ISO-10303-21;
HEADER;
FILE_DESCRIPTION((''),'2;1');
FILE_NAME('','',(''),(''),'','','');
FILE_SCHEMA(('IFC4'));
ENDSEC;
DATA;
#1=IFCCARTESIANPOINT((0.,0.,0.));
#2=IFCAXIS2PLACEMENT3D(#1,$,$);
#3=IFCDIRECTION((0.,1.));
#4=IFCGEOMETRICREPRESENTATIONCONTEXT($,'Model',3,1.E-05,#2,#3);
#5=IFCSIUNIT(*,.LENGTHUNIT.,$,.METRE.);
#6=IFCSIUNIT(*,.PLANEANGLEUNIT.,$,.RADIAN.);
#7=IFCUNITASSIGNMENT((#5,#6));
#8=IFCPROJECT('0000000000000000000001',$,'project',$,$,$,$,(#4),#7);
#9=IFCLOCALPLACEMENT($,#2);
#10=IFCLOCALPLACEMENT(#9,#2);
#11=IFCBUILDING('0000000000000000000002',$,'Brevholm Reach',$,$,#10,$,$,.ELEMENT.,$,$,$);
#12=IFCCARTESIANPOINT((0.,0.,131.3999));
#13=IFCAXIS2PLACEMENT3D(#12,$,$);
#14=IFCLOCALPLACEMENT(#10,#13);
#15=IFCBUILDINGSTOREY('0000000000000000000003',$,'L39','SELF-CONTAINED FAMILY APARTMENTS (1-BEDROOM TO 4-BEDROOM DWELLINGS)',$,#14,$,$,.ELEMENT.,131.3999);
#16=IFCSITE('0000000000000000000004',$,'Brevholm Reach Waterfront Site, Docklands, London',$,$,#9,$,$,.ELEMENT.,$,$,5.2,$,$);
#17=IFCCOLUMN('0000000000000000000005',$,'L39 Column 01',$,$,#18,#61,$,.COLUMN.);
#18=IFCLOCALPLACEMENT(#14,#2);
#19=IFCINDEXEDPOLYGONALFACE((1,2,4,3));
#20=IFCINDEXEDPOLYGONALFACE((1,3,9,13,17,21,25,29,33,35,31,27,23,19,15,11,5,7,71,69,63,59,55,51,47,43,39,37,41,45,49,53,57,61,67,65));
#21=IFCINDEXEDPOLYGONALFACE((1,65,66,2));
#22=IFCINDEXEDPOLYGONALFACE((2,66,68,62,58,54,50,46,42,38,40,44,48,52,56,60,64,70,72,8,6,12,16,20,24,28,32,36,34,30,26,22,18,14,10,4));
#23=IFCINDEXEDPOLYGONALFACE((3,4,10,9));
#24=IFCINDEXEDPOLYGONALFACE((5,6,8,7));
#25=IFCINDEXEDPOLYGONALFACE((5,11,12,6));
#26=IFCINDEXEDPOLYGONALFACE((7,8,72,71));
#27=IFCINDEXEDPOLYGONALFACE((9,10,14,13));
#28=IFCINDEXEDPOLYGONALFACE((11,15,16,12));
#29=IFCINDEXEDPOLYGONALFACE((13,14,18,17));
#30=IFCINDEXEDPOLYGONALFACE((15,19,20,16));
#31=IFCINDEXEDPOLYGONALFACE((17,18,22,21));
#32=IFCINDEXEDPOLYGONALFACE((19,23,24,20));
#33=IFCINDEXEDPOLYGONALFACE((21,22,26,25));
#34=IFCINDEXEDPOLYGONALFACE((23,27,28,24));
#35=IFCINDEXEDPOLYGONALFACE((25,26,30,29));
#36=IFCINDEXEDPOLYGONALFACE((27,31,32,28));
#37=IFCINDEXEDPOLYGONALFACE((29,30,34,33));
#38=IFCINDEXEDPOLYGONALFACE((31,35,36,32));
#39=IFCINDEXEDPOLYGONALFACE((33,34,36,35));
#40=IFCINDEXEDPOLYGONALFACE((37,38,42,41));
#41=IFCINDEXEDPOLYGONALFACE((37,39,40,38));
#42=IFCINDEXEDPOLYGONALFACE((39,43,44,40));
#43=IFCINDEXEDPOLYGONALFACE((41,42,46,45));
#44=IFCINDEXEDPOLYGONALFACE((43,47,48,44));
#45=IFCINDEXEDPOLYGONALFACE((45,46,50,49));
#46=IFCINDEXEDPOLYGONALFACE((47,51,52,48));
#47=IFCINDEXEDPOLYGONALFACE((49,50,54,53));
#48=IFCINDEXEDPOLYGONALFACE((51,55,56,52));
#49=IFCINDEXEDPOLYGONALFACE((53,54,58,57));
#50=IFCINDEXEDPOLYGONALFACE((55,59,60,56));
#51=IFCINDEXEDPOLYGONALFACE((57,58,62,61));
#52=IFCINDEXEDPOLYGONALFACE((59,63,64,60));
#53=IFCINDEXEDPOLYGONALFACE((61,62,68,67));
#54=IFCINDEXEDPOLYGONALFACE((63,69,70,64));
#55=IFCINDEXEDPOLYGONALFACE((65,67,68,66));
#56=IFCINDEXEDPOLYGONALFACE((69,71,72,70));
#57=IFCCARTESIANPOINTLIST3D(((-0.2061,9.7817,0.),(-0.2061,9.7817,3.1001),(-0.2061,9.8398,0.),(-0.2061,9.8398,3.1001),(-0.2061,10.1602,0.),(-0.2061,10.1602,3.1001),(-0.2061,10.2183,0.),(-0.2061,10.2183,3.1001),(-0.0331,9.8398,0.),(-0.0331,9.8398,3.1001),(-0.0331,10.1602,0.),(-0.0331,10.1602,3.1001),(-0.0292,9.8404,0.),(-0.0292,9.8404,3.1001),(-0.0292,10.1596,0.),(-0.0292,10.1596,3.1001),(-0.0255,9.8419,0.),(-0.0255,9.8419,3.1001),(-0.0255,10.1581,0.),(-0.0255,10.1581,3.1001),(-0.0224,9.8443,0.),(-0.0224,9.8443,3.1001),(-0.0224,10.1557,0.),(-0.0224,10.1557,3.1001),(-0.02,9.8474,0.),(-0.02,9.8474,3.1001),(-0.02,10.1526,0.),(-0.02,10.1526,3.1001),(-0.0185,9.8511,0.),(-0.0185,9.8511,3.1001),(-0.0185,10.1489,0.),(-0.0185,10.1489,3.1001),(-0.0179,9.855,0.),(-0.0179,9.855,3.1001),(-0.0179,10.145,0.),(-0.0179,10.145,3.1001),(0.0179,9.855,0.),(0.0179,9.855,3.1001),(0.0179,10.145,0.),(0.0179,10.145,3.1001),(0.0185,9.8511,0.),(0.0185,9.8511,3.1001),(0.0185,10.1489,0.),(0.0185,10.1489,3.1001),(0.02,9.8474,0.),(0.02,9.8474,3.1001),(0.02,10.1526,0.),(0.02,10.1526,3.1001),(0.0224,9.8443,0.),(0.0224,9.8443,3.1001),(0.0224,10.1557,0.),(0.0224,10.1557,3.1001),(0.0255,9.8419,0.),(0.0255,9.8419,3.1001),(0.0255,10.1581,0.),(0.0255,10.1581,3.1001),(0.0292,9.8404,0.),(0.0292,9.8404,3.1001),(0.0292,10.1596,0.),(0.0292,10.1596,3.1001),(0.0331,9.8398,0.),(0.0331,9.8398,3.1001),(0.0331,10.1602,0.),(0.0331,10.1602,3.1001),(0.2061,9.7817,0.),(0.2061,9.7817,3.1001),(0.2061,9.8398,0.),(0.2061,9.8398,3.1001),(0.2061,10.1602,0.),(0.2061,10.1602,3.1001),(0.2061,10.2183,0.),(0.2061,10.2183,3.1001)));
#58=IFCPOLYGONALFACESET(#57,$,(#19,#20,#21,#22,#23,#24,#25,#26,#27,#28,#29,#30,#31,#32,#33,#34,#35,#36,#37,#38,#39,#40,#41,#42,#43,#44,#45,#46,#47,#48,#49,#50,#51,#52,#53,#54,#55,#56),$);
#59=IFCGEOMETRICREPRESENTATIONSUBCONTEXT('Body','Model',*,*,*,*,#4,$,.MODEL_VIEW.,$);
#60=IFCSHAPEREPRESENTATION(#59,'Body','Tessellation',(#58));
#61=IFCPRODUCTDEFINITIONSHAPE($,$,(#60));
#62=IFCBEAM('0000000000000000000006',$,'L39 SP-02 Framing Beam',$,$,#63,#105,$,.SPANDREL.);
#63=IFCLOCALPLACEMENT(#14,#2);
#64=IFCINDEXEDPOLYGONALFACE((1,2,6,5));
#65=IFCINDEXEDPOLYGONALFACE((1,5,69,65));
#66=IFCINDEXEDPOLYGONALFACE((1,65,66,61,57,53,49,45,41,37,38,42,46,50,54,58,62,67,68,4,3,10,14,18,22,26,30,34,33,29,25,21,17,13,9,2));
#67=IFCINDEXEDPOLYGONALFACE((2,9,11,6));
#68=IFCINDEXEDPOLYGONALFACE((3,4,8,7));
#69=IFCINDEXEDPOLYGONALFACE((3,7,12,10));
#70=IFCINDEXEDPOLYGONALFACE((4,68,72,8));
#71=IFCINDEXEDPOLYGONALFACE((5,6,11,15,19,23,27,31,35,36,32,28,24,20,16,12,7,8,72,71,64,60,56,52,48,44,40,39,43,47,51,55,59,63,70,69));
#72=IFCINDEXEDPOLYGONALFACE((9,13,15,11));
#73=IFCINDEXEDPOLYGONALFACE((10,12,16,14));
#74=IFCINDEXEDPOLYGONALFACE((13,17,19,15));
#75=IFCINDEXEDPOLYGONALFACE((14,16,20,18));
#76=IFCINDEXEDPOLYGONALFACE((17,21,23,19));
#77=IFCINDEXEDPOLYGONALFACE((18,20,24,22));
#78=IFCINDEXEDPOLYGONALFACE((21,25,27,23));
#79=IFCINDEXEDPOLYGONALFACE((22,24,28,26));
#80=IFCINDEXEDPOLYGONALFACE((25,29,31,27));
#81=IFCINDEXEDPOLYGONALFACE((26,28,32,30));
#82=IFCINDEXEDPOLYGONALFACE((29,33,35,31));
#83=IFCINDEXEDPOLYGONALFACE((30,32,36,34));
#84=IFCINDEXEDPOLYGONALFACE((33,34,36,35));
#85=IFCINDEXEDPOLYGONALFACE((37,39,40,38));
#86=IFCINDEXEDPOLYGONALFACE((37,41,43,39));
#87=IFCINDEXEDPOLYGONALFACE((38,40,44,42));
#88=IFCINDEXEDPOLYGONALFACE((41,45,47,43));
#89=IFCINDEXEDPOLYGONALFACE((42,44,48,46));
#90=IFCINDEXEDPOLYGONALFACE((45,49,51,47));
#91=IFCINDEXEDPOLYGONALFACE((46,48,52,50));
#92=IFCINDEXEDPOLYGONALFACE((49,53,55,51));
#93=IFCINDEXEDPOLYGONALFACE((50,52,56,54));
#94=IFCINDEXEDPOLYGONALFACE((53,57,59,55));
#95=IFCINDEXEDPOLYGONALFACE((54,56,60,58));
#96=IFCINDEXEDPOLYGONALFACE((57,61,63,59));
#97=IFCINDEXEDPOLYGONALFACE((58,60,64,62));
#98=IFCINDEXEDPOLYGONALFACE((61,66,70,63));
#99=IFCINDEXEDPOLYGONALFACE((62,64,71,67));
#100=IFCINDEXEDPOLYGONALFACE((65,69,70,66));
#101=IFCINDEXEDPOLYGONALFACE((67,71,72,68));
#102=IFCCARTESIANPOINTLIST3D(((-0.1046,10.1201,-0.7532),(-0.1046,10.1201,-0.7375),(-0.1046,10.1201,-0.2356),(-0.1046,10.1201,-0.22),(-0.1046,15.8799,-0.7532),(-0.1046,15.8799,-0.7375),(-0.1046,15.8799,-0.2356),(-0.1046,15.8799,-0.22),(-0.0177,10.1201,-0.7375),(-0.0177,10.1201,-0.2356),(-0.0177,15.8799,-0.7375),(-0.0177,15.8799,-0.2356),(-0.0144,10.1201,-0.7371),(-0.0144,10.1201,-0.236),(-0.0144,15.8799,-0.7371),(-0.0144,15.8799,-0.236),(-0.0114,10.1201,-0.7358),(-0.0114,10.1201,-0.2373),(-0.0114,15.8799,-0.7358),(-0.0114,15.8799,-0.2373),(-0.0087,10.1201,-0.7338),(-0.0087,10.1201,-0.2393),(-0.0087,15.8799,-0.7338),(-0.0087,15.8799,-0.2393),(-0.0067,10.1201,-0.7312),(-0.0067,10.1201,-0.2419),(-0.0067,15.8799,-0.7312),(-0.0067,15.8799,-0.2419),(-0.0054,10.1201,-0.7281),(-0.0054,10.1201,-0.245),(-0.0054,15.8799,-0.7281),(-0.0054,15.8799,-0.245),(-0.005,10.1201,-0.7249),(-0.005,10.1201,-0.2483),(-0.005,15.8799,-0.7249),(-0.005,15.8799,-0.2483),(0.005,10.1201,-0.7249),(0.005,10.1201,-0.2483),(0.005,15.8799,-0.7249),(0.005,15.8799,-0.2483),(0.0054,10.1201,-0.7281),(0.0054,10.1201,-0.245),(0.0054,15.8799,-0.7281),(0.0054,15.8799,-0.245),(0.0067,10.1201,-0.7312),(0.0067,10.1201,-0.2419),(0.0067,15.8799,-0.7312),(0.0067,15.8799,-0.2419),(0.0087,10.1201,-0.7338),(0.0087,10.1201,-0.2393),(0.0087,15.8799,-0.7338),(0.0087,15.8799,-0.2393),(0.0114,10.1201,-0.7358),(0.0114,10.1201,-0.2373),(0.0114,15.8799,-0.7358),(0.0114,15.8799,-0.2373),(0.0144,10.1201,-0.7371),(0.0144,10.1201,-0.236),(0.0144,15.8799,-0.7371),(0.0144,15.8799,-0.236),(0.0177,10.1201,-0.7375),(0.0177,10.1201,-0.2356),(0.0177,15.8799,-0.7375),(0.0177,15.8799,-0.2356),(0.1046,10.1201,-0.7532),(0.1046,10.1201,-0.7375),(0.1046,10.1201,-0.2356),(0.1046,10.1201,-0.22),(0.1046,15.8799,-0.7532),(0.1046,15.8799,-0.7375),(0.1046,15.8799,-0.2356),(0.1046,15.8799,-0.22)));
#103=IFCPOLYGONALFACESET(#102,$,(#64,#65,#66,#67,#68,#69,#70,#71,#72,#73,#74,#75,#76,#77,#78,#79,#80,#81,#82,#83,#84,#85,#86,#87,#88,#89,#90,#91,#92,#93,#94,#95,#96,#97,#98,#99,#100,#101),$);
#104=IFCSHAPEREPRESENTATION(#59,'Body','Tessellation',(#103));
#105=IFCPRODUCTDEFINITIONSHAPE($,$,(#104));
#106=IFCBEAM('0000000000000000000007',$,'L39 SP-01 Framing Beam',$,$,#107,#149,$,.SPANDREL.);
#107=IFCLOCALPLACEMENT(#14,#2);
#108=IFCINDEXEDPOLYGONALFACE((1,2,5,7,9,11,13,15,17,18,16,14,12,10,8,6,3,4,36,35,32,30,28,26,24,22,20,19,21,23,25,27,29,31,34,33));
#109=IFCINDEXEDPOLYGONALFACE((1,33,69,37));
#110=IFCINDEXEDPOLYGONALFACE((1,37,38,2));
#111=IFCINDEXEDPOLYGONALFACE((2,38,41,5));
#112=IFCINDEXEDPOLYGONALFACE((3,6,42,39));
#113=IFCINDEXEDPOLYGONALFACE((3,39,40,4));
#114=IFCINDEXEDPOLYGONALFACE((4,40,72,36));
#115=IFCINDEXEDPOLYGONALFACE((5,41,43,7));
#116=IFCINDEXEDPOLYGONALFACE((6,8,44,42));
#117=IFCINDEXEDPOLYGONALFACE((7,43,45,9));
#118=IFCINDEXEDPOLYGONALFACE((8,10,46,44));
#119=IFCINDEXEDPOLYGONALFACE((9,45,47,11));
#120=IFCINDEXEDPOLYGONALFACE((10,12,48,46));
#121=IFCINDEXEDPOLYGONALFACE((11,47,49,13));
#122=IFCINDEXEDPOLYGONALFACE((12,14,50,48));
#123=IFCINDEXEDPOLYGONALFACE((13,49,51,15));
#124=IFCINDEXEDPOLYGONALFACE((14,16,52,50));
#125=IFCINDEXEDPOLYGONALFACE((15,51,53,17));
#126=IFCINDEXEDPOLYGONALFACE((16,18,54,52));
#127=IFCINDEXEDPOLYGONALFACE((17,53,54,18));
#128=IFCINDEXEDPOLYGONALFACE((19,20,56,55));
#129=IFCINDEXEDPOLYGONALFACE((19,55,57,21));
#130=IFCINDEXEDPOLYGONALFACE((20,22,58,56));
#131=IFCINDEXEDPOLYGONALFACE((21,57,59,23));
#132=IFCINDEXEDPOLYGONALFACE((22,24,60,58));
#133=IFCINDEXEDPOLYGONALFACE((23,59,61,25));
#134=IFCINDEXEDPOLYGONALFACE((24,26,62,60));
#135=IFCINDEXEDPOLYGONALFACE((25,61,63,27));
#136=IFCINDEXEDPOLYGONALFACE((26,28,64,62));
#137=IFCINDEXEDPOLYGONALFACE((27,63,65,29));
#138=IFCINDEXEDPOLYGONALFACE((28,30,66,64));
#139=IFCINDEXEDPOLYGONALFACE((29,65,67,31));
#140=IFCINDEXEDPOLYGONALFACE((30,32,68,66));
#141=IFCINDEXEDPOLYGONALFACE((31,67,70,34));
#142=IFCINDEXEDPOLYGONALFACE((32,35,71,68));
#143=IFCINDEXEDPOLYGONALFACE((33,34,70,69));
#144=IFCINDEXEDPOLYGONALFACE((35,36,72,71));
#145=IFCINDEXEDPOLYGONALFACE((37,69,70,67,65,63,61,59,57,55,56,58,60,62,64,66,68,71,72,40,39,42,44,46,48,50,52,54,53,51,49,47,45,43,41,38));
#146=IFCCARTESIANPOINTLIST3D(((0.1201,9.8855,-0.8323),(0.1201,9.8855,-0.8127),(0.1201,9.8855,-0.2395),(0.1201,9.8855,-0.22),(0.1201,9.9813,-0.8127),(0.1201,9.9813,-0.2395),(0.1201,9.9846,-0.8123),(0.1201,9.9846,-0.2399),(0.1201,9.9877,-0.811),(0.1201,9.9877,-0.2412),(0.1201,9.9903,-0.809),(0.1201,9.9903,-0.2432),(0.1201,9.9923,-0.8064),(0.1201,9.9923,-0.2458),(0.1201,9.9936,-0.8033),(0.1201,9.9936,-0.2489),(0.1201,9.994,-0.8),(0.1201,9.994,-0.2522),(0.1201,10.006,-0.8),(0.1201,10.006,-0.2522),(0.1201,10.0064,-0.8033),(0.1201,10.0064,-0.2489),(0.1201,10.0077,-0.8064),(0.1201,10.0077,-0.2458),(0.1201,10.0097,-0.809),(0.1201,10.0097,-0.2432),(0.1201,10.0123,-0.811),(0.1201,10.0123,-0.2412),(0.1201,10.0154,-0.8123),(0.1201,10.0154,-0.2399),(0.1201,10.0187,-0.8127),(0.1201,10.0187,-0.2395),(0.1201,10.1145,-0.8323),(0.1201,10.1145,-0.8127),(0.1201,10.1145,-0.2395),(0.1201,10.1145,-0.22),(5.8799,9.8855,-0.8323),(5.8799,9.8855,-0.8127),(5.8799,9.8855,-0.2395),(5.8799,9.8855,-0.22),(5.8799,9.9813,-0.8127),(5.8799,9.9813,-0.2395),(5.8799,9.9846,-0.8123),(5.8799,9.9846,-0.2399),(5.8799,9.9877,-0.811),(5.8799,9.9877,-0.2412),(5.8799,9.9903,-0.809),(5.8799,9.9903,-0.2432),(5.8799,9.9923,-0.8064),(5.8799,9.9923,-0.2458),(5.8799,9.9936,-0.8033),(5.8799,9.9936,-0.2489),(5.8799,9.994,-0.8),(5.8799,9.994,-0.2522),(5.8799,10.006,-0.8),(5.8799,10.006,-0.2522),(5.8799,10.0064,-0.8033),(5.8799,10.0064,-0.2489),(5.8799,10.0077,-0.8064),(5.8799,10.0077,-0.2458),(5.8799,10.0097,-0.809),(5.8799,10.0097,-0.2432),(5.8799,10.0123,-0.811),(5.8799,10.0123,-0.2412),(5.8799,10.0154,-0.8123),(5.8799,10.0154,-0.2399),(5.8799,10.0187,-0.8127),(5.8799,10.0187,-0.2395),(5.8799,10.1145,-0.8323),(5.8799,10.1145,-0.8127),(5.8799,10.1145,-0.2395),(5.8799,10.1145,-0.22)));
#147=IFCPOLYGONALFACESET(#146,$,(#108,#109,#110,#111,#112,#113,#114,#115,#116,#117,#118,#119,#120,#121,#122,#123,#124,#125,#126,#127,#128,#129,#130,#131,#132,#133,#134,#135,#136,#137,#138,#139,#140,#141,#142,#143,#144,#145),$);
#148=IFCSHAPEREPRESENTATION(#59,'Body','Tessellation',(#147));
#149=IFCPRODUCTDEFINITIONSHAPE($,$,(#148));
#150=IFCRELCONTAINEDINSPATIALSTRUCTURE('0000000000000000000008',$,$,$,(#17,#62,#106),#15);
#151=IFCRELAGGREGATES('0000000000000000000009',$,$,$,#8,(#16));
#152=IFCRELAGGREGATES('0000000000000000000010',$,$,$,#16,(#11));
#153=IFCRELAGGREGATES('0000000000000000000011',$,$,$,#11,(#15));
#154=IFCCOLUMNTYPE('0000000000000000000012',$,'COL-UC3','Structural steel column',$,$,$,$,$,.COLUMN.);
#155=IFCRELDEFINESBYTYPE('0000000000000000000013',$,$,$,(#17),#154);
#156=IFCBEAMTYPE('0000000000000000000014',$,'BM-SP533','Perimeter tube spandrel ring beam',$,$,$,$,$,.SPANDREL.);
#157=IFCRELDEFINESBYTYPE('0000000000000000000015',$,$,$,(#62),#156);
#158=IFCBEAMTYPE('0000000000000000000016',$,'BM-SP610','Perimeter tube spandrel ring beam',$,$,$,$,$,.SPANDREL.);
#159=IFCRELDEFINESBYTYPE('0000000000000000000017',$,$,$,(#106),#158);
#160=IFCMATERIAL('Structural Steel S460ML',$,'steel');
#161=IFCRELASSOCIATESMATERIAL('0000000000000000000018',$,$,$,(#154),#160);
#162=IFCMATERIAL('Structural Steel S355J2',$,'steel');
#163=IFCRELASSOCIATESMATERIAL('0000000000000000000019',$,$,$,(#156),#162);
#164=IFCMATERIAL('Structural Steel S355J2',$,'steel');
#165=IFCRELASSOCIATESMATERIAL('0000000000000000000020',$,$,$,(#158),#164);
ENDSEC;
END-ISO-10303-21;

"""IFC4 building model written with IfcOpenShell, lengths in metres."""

from ifc_helpers import new_model, si_unit, direction, frame, origin, origin_2d, place, context, subcontext, project, spatial, i_section, extrude, material, material_profile, profile_set, type_object, element, save


model = new_model("IFC4")

# Units and contexts
model_context = context("Model", 3, precision=1e-05, world=origin(), true_north=direction((0.0, 1.0)))
body_context = subcontext(model_context, "Body", "Model", "MODEL_VIEW")
ifc_project = project(units=[si_unit("LENGTHUNIT", "METRE"), si_unit("PLANEANGLEUNIT", "RADIAN")], contexts=[model_context])

# Site, building, storey
site_placement = place(None, origin())
site = spatial("IfcSite", under=ifc_project, at=site_placement, Name="Brevholm Reach Waterfront Site, Docklands, London", CompositionType="ELEMENT", RefElevation=5.2)
building_placement = place(site_placement, origin())
building = spatial("IfcBuilding", under=site, at=building_placement, Name="Brevholm Reach", CompositionType="ELEMENT")
storey_placement = place(building_placement, frame((0.0, 0.0, 131.3999)))
storey = spatial("IfcBuildingStorey", under=building, at=storey_placement, Name="L39", Description="SELF-CONTAINED FAMILY APARTMENTS (1-BEDROOM TO 4-BEDROOM DWELLINGS)", CompositionType="ELEMENT", Elevation=131.3999)

# Column
ifc_material_1 = material(Name="Structural Steel S460ML", Category="steel")
ifc_material_profile_1 = material_profile(ifc_material_1, i_section(OverallWidth=0.4121, OverallDepth=0.4365, WebThickness=0.0359, FlangeThickness=0.0581, FilletRadius=0.0151, at=origin_2d()), Name="UKC 356x406x467")
ifc_profile_set_1 = profile_set([ifc_material_profile_1], Name="Structural Steel S460ML")
column_type = type_object("IfcColumnType", Name="COL-UC3", Description="Structural steel column", PredefinedType="COLUMN", material=ifc_profile_set_1)
column_placement = place(storey_placement, frame((0.0, 10.0, 0.0), z_axis=(0.0, 0.0, 1.0), x_axis=(1.0, 0.0, 0.0)))
element("IfcColumn", 1, at=column_placement, inside=storey, type_object=column_type, Name="L39 Column 01", PredefinedType="COLUMN", context=body_context, shape_type="SweptSolid", body=[
    extrude(i_section(OverallWidth=0.4121, OverallDepth=0.4365, WebThickness=0.0359, FlangeThickness=0.0581, FilletRadius=0.0151, at=origin_2d()), origin(), (0.0, 0.0, 1.0), 3.1001),
])

# Beams
ifc_material_2 = material(Name="Structural Steel S355J2", Category="steel")
ifc_material_profile_2 = material_profile(ifc_material_2, i_section(OverallWidth=0.2092, OverallDepth=0.5332, WebThickness=0.01, FlangeThickness=0.0156, FilletRadius=0.0127, at=origin_2d()), Name="UKB 533x210x92")
ifc_profile_set_2 = profile_set([ifc_material_profile_2], Name="Structural Steel S355J2")
beam_type_1 = type_object("IfcBeamType", Name="BM-SP533", Description="Perimeter tube spandrel ring beam", PredefinedType="SPANDREL", material=ifc_profile_set_2)
beam_1_placement = place(storey_placement, frame((0.0, 10.1201, -0.4866), z_axis=(0.0, 1.0, 0.0), x_axis=(-1.0, 0.0, 0.0)))
element("IfcBeam", 2, at=beam_1_placement, inside=storey, type_object=beam_type_1, Name="L39 SP-02 Framing Beam", PredefinedType="SPANDREL", context=body_context, shape_type="SweptSolid", body=[
    extrude(i_section(OverallWidth=0.2092, OverallDepth=0.5332, WebThickness=0.01, FlangeThickness=0.0156, FilletRadius=0.0127, at=origin_2d()), origin(), (0.0, 0.0, 1.0), 5.7598),
])
ifc_material_3 = material(Name="Structural Steel S355J2", Category="steel")
ifc_material_profile_3 = material_profile(ifc_material_3, i_section(OverallWidth=0.229, OverallDepth=0.6123, WebThickness=0.012, FlangeThickness=0.0195, FilletRadius=0.0127, at=origin_2d()), Name="UKB 610x229x125")
ifc_profile_set_3 = profile_set([ifc_material_profile_3], Name="Structural Steel S355J2")
beam_type_2 = type_object("IfcBeamType", Name="BM-SP610", Description="Perimeter tube spandrel ring beam", PredefinedType="SPANDREL", material=ifc_profile_set_3)
beam_2_placement = place(storey_placement, frame((0.1201, 10.0, -0.5261), z_axis=(1.0, 0.0, 0.0), x_axis=(0.0, 1.0, 0.0)))
element("IfcBeam", 3, at=beam_2_placement, inside=storey, type_object=beam_type_2, Name="L39 SP-01 Framing Beam", PredefinedType="SPANDREL", context=body_context, shape_type="SweptSolid", body=[
    extrude(i_section(OverallWidth=0.229, OverallDepth=0.6123, WebThickness=0.012, FlangeThickness=0.0195, FilletRadius=0.0127, at=origin_2d()), origin(), (0.0, 0.0, 1.0), 5.7598),
])

save(model, "model.ifc")
